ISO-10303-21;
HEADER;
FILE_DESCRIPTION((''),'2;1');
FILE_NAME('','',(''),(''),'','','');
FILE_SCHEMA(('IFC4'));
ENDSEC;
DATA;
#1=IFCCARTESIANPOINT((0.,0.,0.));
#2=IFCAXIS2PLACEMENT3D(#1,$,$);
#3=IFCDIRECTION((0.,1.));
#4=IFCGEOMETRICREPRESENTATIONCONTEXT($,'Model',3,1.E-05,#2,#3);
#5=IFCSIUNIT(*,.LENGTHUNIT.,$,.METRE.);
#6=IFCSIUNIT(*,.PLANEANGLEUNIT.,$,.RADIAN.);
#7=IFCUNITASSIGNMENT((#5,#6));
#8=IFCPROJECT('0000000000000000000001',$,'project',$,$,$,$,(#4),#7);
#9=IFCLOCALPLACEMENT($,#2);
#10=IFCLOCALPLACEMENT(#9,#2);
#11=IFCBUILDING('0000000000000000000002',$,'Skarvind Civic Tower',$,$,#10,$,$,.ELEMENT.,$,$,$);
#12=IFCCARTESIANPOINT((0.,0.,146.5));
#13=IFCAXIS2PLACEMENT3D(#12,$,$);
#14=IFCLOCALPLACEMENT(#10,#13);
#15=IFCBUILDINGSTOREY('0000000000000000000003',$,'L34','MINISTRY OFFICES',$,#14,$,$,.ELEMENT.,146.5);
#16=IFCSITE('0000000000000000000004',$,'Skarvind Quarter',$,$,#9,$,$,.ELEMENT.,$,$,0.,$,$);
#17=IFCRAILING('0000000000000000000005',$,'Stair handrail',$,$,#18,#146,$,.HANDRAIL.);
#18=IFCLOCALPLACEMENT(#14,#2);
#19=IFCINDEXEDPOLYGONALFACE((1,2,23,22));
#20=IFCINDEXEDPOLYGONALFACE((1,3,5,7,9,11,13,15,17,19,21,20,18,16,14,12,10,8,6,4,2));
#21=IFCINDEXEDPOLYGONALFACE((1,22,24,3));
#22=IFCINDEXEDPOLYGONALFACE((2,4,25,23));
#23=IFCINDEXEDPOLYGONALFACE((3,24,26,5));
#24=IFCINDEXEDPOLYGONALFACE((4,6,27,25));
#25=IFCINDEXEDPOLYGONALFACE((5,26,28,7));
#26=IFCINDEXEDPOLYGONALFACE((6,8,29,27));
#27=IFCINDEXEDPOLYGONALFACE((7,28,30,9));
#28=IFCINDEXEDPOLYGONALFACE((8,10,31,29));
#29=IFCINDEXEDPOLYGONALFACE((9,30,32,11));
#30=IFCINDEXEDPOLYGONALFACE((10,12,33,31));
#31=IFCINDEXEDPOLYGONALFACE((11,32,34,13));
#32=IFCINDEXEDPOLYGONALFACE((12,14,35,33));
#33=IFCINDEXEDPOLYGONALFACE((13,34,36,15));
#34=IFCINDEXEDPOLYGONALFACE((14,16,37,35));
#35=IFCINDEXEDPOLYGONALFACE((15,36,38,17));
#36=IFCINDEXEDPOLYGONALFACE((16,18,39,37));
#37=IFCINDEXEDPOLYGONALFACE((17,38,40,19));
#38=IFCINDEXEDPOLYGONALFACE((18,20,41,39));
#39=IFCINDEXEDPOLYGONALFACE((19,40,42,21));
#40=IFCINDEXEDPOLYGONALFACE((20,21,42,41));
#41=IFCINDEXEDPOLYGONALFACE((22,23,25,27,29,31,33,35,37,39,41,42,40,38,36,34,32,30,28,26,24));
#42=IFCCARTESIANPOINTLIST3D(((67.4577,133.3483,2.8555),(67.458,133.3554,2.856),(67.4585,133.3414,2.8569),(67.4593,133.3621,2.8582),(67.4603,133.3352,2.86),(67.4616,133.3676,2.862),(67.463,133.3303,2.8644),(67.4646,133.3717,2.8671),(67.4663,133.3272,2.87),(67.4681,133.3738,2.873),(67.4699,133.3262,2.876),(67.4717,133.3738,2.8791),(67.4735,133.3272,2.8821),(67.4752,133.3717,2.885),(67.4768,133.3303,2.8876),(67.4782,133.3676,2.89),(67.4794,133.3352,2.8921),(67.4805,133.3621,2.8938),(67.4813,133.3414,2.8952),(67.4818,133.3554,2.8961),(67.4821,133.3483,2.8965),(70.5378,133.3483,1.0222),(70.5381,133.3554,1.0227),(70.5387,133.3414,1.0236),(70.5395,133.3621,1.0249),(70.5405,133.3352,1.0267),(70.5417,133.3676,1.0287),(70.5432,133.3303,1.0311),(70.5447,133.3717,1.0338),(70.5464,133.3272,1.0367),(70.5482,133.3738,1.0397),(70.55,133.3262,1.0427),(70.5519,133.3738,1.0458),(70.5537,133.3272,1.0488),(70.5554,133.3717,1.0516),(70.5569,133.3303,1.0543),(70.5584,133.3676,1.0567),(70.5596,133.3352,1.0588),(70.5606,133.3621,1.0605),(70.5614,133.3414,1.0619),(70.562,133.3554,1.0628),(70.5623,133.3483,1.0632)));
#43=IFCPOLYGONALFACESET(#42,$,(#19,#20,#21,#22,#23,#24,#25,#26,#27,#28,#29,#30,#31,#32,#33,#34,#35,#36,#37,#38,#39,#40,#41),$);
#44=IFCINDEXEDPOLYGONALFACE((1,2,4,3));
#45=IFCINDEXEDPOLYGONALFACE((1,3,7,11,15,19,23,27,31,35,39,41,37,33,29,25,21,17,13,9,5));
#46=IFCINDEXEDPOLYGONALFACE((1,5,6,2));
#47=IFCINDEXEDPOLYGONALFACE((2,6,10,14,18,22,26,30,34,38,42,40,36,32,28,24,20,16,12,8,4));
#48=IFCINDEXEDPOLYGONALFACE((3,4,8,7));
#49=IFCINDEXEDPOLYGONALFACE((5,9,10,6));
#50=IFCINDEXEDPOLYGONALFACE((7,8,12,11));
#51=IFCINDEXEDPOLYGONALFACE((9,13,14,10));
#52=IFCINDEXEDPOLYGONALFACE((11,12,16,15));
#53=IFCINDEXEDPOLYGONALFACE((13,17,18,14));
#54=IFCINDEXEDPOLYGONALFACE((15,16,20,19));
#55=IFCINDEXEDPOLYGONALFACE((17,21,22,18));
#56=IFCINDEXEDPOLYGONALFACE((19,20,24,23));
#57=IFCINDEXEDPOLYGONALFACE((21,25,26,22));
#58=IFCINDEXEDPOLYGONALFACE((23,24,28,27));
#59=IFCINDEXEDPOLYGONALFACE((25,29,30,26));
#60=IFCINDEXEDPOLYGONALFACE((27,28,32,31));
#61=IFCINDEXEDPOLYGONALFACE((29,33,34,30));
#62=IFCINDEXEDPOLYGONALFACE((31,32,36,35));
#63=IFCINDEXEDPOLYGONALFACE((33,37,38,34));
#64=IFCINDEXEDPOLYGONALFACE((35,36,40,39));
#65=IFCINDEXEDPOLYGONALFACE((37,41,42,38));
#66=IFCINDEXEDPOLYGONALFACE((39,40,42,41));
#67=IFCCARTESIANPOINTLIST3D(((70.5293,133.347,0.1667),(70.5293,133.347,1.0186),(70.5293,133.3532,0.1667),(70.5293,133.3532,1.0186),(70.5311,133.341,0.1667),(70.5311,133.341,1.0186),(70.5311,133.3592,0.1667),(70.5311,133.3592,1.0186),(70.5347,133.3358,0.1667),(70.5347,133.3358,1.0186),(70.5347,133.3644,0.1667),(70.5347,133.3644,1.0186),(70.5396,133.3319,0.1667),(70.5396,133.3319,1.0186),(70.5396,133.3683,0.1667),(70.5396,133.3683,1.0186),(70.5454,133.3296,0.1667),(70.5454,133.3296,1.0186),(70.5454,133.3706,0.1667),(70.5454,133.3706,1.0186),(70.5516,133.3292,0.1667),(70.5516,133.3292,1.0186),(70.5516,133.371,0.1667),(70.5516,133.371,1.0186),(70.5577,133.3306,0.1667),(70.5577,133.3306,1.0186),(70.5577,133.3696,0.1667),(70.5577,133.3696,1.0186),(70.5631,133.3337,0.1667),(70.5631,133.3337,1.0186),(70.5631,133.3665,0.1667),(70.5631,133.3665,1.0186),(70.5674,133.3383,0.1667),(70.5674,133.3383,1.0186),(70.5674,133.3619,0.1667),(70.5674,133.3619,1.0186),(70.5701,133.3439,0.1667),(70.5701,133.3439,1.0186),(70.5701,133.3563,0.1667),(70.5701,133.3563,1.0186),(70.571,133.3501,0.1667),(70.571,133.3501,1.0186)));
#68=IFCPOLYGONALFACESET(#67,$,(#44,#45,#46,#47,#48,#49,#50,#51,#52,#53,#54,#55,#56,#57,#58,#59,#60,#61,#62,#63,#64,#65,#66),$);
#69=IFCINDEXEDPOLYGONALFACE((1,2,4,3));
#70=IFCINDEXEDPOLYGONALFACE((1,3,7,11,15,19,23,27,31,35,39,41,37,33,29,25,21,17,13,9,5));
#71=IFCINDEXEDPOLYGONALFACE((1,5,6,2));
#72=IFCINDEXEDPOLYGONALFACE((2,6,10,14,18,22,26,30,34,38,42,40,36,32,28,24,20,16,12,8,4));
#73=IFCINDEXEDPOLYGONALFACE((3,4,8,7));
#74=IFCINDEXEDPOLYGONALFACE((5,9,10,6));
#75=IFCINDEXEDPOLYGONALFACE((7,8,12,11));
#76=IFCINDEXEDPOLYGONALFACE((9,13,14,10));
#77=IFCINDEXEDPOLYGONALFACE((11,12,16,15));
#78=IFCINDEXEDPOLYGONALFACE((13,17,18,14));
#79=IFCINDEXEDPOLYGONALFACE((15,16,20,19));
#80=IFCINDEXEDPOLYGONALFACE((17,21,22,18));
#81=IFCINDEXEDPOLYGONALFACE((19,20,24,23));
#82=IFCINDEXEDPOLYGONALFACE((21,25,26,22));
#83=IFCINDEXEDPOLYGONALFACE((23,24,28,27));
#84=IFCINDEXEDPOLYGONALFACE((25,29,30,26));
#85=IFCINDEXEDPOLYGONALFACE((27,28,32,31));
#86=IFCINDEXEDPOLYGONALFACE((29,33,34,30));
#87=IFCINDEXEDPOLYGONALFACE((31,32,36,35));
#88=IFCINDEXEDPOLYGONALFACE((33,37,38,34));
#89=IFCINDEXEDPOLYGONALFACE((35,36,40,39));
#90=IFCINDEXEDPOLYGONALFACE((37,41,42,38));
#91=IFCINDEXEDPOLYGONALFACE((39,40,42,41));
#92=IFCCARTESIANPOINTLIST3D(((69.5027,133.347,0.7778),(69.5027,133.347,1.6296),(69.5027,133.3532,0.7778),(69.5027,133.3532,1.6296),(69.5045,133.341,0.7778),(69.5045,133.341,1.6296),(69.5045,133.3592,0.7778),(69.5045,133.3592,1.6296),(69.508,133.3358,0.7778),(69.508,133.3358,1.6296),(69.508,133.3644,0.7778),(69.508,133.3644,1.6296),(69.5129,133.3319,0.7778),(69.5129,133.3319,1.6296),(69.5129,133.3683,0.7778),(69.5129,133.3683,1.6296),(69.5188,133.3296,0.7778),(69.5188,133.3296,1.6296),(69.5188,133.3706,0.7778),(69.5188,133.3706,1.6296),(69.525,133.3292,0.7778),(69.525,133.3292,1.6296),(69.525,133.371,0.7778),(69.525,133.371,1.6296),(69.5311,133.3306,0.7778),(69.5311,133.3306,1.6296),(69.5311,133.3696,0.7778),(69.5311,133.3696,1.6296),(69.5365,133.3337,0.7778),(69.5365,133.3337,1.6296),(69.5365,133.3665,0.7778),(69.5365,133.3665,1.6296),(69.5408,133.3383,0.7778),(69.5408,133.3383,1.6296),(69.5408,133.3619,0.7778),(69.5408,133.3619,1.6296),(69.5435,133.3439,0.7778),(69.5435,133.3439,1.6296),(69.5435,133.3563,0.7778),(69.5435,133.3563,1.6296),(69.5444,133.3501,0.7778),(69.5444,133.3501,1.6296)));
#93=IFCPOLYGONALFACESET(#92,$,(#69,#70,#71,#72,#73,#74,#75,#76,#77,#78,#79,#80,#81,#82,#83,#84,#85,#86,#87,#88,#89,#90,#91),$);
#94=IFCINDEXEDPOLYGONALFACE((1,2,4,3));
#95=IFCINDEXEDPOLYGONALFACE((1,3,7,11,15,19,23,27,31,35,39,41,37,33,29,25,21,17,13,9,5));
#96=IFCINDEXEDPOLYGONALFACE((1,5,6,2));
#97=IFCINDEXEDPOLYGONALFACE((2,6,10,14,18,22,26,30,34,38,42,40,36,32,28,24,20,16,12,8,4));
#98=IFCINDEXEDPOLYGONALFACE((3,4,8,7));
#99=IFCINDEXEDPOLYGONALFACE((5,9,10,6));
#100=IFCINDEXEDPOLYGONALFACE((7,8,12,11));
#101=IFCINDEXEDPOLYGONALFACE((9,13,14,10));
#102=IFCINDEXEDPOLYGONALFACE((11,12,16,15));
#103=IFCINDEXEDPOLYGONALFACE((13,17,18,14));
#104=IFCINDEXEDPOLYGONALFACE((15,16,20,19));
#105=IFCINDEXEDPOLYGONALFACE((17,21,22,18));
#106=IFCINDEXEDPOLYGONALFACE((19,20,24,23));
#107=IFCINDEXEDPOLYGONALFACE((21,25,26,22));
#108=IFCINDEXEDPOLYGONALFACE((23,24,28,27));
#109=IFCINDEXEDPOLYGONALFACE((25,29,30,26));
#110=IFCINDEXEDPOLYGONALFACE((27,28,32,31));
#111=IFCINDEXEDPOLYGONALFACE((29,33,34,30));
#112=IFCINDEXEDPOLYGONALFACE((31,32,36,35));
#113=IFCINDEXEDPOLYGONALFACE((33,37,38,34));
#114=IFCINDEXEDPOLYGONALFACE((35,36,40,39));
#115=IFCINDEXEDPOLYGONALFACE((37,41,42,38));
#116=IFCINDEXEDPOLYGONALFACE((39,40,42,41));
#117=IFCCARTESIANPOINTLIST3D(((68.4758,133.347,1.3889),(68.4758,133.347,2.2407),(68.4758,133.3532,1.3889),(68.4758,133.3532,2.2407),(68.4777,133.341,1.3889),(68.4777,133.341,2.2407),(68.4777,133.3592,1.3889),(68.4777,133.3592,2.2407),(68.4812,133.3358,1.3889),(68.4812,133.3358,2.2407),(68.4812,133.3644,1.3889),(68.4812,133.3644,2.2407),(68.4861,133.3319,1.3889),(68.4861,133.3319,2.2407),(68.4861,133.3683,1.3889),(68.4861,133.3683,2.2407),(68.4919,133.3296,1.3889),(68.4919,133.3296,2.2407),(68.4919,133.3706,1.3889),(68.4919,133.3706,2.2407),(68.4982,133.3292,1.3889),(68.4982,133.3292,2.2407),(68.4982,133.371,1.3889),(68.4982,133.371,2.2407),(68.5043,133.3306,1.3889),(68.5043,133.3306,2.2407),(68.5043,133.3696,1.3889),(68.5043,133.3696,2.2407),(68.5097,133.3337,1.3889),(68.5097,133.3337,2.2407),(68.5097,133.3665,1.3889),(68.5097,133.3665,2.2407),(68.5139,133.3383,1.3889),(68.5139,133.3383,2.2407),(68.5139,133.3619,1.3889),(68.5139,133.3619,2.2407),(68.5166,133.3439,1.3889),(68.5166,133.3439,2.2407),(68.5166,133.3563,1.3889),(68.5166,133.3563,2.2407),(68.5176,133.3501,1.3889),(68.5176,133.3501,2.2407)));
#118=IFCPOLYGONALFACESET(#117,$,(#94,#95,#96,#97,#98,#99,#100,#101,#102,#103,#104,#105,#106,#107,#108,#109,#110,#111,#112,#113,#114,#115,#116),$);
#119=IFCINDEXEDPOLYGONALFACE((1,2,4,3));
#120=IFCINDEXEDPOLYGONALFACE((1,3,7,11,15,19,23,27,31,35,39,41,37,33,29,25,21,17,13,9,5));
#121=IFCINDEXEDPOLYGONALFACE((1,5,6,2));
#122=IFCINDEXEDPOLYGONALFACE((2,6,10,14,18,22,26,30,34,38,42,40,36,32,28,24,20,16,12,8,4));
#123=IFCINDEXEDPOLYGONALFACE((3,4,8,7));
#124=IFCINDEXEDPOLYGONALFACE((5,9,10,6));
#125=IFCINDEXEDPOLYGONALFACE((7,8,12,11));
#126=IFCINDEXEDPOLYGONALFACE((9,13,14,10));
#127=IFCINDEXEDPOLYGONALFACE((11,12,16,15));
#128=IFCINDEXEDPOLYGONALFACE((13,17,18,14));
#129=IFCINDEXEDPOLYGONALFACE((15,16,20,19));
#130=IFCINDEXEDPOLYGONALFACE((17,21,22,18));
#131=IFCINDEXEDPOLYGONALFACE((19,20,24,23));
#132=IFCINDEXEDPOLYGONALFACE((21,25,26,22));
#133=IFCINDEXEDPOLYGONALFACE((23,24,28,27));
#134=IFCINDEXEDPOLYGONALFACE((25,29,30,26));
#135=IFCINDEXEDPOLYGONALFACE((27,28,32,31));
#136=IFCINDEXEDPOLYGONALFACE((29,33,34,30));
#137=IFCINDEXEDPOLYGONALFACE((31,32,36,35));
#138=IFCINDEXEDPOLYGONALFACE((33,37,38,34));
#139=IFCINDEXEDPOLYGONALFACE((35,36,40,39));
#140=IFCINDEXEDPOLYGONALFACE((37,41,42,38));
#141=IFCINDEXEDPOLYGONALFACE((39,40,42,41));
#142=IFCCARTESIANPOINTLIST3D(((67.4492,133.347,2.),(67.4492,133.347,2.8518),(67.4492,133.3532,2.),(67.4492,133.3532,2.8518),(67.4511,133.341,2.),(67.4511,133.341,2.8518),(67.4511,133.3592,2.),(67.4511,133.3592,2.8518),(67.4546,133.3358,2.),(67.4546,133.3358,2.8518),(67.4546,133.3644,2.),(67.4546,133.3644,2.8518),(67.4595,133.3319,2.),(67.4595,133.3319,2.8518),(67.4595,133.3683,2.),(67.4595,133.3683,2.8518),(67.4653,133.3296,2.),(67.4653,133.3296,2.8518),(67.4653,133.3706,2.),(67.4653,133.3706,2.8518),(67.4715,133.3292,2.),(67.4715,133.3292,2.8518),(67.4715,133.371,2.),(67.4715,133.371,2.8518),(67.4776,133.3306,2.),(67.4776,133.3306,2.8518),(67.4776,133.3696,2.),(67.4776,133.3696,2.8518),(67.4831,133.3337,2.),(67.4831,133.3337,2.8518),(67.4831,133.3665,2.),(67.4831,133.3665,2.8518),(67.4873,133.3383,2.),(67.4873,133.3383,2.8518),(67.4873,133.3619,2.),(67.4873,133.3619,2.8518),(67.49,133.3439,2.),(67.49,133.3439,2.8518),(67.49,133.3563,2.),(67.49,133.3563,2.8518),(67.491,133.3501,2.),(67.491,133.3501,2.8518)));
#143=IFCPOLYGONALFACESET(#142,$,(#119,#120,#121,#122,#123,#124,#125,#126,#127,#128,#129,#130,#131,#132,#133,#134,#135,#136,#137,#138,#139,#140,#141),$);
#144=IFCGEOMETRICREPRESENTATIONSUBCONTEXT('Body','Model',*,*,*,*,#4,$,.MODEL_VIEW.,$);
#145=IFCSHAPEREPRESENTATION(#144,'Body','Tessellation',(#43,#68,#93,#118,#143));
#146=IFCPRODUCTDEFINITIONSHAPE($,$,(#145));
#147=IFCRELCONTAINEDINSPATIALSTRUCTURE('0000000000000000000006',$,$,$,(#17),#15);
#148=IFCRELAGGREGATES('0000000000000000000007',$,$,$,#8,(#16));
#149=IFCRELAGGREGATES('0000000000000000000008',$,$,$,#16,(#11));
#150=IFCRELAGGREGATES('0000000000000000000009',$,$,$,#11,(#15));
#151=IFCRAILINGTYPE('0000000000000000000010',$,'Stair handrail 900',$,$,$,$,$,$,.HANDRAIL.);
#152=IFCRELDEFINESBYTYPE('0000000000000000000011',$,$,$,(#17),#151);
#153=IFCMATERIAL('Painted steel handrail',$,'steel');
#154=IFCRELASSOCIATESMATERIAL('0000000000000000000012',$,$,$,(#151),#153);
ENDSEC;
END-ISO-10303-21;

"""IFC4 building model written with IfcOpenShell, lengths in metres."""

from ifc_helpers import new_model, si_unit, direction, frame, origin, origin_2d, place, context, subcontext, project, spatial, circle, extrude, material, type_object, element, save


model = new_model("IFC4")

# Units and contexts
model_context = context("Model", 3, precision=1e-05, world=origin(), true_north=direction((0.0, 1.0)))
body_context = subcontext(model_context, "Body", "Model", "MODEL_VIEW")
ifc_project = project(units=[si_unit("LENGTHUNIT", "METRE"), si_unit("PLANEANGLEUNIT", "RADIAN")], contexts=[model_context])

# Site, building, storey
site_placement = place(None, origin())
site = spatial("IfcSite", under=ifc_project, at=site_placement, Name="Skarvind Quarter", CompositionType="ELEMENT", RefElevation=0.0)
building_placement = place(site_placement, origin())
building = spatial("IfcBuilding", under=site, at=building_placement, Name="Skarvind Civic Tower", CompositionType="ELEMENT")
storey_placement = place(building_placement, frame((0.0, 0.0, 146.5)))
storey = spatial("IfcBuildingStorey", under=building, at=storey_placement, Name="L34", Description="MINISTRY OFFICES", CompositionType="ELEMENT", Elevation=146.5)

# Railing
ifc_material_1 = material(Name="Painted steel handrail", Category="steel")
railing_type = type_object("IfcRailingType", Name="Stair handrail 900", PredefinedType="HANDRAIL", material=ifc_material_1)
railing_1_placement = place(storey_placement, frame((70.55, 133.3501, 0.1667)))
element("IfcRailing", 1, at=railing_1_placement, inside=storey, type_object=railing_type, Name="Stair handrail", PredefinedType="HANDRAIL", context=body_context, shape_type="SweptSolid", body=[
    extrude(circle(Radius=0.0239, at=origin_2d()), frame((0.0, 0.0, 0.876), z_axis=(-0.859309, 0.0, 0.511458), x_axis=(0.0, -1.0, 0.0)), (0.0, 0.0, 1.0), 3.5845),
    extrude(circle(Radius=0.021, at=origin_2d()), origin(), (0.0, 0.0, 1.0), 0.8518),
    extrude(circle(Radius=0.021, at=origin_2d()), frame((-1.0266, 0.0, 0.6111)), (0.0, 0.0, 1.0), 0.8518),
    extrude(circle(Radius=0.021, at=origin_2d()), frame((-2.0535, 0.0, 1.2222)), (0.0, 0.0, 1.0), 0.8518),
    extrude(circle(Radius=0.021, at=origin_2d()), frame((-3.0801, 0.0, 1.8333)), (0.0, 0.0, 1.0), 0.8518),
])

save(model, "model.ifc")
